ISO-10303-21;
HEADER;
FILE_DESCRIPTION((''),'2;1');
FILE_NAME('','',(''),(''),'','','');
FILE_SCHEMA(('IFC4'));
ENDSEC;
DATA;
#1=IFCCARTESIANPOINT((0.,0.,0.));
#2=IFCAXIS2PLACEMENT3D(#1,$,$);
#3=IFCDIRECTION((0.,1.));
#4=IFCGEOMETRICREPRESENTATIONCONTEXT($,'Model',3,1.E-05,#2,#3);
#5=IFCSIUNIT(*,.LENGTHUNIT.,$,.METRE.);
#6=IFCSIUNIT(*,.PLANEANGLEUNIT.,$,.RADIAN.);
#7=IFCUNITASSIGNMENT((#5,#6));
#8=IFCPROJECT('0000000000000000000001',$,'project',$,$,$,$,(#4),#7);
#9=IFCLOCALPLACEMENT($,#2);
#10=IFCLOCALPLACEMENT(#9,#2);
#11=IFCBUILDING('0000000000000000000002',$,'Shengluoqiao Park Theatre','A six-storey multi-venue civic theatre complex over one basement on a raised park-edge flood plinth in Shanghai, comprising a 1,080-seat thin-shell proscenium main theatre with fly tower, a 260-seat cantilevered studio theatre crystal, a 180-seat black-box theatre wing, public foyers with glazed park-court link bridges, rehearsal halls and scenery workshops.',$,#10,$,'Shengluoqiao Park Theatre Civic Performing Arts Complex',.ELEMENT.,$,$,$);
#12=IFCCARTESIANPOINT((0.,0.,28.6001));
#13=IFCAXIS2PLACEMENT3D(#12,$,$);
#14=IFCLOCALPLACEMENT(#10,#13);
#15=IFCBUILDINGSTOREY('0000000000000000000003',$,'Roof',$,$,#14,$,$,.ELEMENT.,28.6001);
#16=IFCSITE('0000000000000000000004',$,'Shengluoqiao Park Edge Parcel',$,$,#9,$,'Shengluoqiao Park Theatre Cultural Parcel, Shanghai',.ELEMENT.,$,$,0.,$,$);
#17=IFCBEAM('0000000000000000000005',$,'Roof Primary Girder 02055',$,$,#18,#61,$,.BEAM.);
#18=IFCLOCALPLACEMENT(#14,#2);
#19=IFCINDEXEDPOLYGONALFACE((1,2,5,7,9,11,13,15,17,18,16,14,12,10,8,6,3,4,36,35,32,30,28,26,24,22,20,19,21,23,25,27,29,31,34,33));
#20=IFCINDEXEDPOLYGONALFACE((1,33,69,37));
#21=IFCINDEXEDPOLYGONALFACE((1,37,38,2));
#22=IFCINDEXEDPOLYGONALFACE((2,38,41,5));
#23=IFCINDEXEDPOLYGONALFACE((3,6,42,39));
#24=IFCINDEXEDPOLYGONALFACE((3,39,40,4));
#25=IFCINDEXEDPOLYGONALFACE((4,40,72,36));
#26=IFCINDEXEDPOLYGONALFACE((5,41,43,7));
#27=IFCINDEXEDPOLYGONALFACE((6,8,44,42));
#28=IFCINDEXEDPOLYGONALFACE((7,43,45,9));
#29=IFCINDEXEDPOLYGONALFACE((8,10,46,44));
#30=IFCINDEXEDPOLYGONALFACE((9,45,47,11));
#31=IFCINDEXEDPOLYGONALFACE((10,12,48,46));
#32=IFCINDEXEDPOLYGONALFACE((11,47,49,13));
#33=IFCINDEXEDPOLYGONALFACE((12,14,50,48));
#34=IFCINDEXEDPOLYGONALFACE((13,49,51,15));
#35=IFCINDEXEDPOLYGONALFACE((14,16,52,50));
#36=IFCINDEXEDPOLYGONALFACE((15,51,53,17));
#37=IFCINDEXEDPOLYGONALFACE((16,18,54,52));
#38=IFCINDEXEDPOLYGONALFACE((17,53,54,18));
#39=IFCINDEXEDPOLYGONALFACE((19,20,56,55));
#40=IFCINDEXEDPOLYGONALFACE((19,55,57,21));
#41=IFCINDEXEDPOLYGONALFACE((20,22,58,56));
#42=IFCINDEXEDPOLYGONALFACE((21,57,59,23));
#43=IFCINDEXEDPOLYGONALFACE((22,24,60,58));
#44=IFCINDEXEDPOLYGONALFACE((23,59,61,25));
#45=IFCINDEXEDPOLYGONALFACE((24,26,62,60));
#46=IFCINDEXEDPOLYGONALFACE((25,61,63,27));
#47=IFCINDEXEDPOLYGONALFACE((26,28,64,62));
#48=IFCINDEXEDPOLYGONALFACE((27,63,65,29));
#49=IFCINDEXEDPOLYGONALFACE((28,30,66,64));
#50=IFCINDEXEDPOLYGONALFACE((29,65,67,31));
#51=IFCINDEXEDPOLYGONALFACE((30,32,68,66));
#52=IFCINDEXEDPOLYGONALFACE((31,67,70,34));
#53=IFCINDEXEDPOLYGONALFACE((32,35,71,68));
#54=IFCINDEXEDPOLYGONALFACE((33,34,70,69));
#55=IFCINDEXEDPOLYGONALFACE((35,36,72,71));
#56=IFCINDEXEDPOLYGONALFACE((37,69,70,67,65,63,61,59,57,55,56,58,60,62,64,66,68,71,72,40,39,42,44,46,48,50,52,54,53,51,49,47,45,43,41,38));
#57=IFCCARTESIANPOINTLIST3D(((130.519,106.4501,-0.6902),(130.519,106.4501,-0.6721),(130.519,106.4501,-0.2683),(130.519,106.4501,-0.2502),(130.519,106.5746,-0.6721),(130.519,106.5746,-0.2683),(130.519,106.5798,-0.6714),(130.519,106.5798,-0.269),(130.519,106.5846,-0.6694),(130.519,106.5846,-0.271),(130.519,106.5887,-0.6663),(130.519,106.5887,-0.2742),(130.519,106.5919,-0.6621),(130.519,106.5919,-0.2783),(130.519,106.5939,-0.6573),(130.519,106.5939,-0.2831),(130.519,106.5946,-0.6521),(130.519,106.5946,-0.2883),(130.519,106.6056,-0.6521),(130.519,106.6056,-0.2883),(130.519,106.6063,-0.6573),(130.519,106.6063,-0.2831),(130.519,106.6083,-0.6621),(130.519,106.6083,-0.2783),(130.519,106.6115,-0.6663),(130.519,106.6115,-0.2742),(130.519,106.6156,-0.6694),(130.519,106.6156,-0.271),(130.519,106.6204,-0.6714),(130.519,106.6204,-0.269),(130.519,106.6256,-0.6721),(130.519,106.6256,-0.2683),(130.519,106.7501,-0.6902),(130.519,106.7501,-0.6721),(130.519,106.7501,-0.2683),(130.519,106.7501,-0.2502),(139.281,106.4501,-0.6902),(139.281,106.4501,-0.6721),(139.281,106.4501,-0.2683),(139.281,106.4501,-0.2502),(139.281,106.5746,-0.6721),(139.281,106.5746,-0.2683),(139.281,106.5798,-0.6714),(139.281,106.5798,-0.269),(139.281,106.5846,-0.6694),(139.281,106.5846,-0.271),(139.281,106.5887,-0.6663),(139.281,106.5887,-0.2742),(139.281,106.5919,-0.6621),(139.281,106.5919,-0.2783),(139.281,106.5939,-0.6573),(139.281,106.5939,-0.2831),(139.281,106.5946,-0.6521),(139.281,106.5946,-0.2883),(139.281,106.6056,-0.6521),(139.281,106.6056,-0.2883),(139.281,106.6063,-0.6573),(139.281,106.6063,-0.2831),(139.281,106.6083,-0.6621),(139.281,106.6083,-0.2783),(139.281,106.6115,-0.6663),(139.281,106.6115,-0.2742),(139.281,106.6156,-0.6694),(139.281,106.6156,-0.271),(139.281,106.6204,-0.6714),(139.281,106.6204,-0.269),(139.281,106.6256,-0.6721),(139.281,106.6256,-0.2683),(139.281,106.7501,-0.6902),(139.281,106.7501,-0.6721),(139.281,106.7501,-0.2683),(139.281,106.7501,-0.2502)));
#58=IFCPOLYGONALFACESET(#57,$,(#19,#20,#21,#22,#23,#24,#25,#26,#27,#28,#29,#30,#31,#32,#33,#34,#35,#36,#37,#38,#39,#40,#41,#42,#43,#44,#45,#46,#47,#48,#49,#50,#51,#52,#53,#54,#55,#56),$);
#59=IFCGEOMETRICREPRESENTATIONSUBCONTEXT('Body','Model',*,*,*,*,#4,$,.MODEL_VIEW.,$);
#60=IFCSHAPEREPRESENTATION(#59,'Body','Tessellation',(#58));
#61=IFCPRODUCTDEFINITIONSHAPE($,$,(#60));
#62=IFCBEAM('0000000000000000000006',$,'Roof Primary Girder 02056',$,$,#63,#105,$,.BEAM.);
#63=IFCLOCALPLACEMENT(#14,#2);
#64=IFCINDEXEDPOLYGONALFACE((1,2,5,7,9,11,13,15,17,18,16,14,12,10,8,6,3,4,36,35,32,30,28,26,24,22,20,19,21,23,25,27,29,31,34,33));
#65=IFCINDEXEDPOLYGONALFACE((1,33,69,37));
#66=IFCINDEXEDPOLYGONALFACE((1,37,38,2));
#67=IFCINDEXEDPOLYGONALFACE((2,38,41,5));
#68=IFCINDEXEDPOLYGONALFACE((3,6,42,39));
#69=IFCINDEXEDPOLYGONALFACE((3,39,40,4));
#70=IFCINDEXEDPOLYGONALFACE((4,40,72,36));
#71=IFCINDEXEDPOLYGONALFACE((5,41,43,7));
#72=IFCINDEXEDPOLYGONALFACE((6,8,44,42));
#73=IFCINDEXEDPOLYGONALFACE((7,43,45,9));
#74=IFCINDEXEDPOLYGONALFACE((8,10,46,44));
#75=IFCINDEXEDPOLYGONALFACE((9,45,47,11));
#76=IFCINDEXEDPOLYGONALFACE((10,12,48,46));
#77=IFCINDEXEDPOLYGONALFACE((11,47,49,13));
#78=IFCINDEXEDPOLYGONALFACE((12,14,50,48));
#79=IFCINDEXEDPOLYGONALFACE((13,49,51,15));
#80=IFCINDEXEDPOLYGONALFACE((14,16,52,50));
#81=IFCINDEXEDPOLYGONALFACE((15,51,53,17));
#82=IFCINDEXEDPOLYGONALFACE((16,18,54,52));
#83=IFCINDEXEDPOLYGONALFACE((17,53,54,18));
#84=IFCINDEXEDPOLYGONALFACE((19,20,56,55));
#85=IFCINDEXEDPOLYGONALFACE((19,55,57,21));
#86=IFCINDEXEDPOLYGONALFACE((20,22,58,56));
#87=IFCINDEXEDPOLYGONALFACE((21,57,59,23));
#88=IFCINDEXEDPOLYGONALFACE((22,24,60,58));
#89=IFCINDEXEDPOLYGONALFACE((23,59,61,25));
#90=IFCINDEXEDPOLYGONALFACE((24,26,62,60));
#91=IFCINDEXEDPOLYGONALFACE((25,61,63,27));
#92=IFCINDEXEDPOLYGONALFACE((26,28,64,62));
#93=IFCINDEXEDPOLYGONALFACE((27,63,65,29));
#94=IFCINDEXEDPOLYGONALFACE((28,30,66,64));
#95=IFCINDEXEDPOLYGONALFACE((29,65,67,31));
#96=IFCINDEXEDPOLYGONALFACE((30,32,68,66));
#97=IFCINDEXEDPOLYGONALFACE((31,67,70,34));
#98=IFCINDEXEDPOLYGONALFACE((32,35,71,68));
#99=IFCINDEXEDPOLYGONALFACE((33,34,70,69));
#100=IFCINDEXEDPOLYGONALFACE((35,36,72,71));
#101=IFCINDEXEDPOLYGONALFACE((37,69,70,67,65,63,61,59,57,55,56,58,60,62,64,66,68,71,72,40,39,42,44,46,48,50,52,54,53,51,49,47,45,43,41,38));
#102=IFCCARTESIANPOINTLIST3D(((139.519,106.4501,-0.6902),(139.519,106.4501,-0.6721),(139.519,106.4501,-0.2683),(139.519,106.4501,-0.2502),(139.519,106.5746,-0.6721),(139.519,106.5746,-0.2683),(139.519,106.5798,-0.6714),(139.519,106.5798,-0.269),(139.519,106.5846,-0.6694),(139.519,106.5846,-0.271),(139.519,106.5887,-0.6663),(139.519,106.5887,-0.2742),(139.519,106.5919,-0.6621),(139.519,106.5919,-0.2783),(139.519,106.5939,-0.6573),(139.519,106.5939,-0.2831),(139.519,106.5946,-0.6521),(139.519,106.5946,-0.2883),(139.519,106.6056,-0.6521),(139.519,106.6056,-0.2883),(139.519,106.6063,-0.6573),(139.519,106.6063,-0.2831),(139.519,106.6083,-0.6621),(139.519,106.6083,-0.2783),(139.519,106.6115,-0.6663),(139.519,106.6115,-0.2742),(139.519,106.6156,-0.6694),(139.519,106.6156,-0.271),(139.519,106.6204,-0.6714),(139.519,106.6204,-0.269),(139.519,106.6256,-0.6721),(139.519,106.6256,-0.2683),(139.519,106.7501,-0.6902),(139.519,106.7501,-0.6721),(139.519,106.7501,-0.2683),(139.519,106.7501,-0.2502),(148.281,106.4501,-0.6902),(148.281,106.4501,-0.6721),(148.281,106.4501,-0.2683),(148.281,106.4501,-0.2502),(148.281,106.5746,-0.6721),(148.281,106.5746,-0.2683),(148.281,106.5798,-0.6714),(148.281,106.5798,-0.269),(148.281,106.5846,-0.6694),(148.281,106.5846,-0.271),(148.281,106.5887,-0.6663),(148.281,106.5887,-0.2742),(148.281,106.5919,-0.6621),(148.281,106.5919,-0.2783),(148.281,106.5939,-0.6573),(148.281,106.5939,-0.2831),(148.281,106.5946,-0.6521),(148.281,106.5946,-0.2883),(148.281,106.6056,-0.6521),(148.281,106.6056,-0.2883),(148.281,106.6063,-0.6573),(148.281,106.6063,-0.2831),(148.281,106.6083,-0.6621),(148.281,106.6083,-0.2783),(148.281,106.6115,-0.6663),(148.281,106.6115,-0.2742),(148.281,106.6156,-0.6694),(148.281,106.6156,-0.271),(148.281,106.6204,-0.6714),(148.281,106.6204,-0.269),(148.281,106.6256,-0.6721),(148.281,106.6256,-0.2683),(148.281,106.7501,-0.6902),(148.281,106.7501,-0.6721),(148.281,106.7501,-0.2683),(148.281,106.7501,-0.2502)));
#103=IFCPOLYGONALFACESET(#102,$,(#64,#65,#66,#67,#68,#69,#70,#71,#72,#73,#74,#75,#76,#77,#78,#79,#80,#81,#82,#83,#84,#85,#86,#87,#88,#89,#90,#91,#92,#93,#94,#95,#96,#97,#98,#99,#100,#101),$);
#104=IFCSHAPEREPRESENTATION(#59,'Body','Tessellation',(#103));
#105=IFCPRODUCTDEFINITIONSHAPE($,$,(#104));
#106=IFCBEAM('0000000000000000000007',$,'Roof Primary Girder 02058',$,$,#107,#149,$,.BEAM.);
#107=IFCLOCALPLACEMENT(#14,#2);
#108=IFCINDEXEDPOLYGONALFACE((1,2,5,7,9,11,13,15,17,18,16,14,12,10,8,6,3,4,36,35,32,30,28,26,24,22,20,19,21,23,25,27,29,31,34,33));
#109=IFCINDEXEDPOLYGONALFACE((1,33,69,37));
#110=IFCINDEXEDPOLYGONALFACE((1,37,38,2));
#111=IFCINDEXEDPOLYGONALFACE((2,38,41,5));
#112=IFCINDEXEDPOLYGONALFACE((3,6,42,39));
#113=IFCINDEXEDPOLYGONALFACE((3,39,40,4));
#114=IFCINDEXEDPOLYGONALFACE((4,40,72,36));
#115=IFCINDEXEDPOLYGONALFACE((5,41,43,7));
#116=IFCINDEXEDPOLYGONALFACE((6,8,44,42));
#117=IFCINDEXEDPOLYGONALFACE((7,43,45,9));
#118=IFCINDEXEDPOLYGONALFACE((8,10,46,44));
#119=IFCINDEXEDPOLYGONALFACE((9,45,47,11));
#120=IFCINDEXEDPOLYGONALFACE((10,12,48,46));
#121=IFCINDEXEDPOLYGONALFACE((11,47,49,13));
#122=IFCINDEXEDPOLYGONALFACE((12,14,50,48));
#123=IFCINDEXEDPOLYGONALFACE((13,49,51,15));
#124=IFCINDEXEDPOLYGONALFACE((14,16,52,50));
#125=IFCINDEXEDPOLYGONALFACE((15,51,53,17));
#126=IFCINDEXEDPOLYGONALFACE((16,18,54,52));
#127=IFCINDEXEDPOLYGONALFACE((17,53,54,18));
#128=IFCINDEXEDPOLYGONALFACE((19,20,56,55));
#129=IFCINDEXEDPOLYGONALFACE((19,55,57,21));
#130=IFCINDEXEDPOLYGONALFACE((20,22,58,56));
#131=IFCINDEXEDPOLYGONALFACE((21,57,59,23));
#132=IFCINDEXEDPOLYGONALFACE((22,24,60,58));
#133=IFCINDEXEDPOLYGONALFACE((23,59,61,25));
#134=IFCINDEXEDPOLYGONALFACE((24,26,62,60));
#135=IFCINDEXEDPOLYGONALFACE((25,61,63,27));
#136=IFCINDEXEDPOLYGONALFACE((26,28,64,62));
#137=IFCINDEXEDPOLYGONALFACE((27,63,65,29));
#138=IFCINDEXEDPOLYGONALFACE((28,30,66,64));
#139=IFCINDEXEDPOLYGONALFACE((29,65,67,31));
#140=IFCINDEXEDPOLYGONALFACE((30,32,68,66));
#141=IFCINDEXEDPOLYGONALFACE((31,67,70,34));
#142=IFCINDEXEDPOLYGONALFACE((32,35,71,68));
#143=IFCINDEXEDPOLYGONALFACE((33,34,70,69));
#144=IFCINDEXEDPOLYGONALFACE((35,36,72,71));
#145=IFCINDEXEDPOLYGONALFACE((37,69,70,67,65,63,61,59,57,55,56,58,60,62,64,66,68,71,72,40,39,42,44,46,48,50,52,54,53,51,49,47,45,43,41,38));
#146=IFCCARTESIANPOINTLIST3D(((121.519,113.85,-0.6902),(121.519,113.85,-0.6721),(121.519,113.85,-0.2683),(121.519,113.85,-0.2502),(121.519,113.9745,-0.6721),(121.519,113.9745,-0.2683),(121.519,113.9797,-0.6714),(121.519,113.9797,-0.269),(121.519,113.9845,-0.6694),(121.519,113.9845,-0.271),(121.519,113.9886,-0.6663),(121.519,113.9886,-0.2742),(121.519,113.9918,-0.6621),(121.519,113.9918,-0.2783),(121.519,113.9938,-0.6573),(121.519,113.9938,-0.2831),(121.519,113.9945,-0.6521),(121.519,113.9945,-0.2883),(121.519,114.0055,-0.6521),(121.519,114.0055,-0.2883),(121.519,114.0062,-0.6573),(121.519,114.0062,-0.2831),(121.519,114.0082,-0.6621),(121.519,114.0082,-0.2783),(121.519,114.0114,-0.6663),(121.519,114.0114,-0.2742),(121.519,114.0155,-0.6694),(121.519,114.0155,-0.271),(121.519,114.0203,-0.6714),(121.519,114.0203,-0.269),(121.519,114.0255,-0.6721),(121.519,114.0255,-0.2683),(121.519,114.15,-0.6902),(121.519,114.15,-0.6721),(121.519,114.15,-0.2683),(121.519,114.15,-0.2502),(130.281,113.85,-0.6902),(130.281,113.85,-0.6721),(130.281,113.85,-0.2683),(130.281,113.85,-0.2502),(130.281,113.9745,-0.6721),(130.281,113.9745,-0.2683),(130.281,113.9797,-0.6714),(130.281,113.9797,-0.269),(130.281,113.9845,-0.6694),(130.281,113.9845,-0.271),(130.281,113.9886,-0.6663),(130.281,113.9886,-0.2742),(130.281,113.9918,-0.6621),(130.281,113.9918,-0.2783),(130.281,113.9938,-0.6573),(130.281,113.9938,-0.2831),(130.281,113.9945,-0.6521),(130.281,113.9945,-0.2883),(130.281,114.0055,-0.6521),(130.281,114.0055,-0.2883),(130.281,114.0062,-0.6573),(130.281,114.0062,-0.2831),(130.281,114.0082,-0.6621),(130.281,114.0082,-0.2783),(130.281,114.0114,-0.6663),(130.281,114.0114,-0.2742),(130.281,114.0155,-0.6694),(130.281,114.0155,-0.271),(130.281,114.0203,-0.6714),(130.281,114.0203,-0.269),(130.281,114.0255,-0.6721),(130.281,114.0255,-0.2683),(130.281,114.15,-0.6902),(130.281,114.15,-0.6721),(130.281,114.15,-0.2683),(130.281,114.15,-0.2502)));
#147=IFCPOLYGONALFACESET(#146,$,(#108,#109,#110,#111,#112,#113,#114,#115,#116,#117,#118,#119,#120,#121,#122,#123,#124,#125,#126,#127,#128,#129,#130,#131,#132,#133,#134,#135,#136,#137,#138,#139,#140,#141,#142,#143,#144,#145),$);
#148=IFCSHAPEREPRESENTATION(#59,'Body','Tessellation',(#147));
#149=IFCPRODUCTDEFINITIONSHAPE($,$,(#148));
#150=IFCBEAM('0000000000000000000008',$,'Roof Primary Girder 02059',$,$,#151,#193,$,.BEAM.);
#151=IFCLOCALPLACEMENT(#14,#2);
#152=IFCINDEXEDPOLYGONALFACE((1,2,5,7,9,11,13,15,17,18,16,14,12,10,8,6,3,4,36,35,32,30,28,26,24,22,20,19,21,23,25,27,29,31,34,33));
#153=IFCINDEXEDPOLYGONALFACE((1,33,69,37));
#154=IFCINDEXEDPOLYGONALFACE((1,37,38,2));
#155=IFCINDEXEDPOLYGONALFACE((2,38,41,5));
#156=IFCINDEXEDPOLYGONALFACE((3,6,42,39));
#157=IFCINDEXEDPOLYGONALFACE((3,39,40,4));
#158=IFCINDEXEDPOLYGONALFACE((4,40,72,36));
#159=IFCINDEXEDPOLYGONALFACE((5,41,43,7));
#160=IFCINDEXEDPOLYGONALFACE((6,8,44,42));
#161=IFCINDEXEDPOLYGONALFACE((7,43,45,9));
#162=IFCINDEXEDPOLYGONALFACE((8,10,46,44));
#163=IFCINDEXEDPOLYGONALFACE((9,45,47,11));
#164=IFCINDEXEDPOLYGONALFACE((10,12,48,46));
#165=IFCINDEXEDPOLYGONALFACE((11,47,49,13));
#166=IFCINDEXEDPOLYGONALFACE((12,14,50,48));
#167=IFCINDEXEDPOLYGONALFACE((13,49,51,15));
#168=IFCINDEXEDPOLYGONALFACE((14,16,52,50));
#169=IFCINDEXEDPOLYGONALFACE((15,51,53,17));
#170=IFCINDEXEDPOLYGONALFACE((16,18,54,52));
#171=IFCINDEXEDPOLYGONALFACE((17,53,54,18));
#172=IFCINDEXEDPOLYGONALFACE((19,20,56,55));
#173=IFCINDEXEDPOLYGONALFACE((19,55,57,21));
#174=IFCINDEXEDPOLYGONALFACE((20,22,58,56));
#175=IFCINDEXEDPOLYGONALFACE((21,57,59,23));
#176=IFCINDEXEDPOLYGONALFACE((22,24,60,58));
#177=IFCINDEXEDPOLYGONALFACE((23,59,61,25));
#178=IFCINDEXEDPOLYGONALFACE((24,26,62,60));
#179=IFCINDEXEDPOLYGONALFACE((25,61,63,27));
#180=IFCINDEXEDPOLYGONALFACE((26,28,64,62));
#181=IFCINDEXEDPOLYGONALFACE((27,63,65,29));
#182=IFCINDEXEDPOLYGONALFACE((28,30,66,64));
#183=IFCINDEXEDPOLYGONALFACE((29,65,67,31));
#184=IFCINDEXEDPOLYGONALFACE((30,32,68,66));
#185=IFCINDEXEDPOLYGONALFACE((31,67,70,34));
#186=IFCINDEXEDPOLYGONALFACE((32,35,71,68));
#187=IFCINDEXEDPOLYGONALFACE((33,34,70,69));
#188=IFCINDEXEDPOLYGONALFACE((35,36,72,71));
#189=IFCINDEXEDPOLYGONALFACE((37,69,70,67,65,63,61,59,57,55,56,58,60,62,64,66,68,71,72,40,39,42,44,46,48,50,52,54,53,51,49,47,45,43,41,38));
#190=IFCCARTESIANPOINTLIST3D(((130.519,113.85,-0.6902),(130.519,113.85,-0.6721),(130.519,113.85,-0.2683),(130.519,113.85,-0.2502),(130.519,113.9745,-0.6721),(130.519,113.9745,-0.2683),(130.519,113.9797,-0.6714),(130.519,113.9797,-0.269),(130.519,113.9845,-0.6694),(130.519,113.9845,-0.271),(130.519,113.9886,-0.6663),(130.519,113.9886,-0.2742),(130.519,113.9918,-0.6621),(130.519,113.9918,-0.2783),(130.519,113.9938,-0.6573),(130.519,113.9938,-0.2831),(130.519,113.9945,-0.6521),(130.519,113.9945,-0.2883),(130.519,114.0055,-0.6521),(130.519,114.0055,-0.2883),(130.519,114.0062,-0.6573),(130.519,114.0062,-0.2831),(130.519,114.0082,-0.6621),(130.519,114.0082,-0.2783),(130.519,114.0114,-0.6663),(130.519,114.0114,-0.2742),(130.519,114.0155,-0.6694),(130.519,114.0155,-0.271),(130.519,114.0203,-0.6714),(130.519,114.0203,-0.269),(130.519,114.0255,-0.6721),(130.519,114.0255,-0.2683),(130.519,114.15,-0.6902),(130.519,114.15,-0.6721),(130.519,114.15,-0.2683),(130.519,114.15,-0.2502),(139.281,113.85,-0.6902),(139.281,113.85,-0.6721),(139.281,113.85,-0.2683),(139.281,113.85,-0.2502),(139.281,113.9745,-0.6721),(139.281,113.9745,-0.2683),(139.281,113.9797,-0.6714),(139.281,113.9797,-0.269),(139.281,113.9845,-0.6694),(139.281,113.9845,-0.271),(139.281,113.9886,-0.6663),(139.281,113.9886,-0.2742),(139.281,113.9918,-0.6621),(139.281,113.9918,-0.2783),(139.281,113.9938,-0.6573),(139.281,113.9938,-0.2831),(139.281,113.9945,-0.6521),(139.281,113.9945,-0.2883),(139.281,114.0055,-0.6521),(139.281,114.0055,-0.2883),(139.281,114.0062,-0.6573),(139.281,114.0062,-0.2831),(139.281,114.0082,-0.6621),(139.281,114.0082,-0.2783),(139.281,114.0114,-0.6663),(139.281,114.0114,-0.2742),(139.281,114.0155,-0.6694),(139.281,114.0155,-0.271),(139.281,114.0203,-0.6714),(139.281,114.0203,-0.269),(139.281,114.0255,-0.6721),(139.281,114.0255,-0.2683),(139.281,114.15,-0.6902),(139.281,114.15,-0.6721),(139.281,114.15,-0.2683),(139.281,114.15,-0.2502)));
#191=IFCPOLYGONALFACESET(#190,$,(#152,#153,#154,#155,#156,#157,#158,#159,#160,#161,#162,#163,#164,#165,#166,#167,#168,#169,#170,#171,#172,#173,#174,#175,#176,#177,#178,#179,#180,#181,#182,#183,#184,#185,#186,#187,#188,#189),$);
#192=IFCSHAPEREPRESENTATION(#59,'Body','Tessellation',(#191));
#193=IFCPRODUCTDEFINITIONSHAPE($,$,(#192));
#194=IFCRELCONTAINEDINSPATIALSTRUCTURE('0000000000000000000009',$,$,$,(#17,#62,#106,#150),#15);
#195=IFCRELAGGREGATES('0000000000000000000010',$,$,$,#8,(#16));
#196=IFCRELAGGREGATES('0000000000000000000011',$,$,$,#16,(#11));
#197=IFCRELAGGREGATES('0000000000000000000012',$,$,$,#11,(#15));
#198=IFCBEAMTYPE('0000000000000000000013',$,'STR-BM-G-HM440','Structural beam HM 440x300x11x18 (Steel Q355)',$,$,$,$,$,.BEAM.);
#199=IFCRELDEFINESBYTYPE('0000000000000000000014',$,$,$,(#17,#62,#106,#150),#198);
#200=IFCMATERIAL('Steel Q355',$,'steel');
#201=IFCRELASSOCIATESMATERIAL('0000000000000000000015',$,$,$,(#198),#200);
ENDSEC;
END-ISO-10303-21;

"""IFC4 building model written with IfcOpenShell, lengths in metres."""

from ifc_helpers import new_model, si_unit, direction, frame, origin, origin_2d, place, context, subcontext, project, spatial, i_section, extrude, material, material_profile, profile_set, type_object, element, save


model = new_model("IFC4")

# Units and contexts
model_context = context("Model", 3, precision=1e-05, world=origin(), true_north=direction((0.0, 1.0)))
body_context = subcontext(model_context, "Body", "Model", "MODEL_VIEW")
ifc_project = project(units=[si_unit("LENGTHUNIT", "METRE"), si_unit("PLANEANGLEUNIT", "RADIAN")], contexts=[model_context])

# Site, building, storey
site_placement = place(None, origin())
site = spatial("IfcSite", under=ifc_project, at=site_placement, Name="Shengluoqiao Park Edge Parcel", LongName="Shengluoqiao Park Theatre Cultural Parcel, Shanghai", CompositionType="ELEMENT", RefElevation=0.0)
building_placement = place(site_placement, origin())
building = spatial("IfcBuilding", under=site, at=building_placement, Name="Shengluoqiao Park Theatre", Description="A six-storey multi-venue civic theatre complex over one basement on a raised park-edge flood plinth in Shanghai, comprising a 1,080-seat thin-shell proscenium main theatre with fly tower, a 260-seat cantilevered studio theatre crystal, a 180-seat black-box theatre wing, public foyers with glazed park-court link bridges, rehearsal halls and scenery workshops.", LongName="Shengluoqiao Park Theatre Civic Performing Arts Complex", CompositionType="ELEMENT")
storey_placement = place(building_placement, frame((0.0, 0.0, 28.6001)))
storey = spatial("IfcBuildingStorey", under=building, at=storey_placement, Name="Roof", CompositionType="ELEMENT", Elevation=28.6001)

# Beams
ifc_material_1 = material(Name="Steel Q355", Category="steel")
ifc_material_profile_1 = material_profile(ifc_material_1, i_section(OverallWidth=0.3, OverallDepth=0.4399, WebThickness=0.011, FlangeThickness=0.0181, FilletRadius=0.02, at=origin_2d()), Name="HM 440x300x11x18")
ifc_profile_set_1 = profile_set([ifc_material_profile_1], Name="Steel Q355")
beam_type_1 = type_object("IfcBeamType", Name="STR-BM-G-HM440", Description="Structural beam HM 440x300x11x18 (Steel Q355)", PredefinedType="BEAM", material=ifc_profile_set_1)
for number, where, z_axis, x_axis, name in (
    (1, (130.519, 106.6001, -0.4702), (1.0, 0.0, 0.0), (0.0, 1.0, 0.0), "Roof Primary Girder 02055"),
    (2, (139.519, 106.6001, -0.4702), (1.0, 0.0, 0.0), (0.0, 1.0, 0.0), "Roof Primary Girder 02056"),
    (3, (121.519, 114.0, -0.4702), (1.0, 0.0, 0.0), (0.0, 1.0, 0.0), "Roof Primary Girder 02058"),
    (4, (130.519, 114.0, -0.4702), (1.0, 0.0, 0.0), (0.0, 1.0, 0.0), "Roof Primary Girder 02059"),
):
    element("IfcBeam", number, at=place(storey_placement, frame(where, z_axis=z_axis, x_axis=x_axis)), inside=storey, type_object=beam_type_1, Name=name, PredefinedType="BEAM", context=body_context, shape_type="SweptSolid", body=[
        extrude(i_section(OverallWidth=0.3, OverallDepth=0.4399, WebThickness=0.011, FlangeThickness=0.0181, FilletRadius=0.02, at=origin_2d()), origin(), (0.0, 0.0, 1.0), 8.762),
    ])

save(model, "model.ifc")
